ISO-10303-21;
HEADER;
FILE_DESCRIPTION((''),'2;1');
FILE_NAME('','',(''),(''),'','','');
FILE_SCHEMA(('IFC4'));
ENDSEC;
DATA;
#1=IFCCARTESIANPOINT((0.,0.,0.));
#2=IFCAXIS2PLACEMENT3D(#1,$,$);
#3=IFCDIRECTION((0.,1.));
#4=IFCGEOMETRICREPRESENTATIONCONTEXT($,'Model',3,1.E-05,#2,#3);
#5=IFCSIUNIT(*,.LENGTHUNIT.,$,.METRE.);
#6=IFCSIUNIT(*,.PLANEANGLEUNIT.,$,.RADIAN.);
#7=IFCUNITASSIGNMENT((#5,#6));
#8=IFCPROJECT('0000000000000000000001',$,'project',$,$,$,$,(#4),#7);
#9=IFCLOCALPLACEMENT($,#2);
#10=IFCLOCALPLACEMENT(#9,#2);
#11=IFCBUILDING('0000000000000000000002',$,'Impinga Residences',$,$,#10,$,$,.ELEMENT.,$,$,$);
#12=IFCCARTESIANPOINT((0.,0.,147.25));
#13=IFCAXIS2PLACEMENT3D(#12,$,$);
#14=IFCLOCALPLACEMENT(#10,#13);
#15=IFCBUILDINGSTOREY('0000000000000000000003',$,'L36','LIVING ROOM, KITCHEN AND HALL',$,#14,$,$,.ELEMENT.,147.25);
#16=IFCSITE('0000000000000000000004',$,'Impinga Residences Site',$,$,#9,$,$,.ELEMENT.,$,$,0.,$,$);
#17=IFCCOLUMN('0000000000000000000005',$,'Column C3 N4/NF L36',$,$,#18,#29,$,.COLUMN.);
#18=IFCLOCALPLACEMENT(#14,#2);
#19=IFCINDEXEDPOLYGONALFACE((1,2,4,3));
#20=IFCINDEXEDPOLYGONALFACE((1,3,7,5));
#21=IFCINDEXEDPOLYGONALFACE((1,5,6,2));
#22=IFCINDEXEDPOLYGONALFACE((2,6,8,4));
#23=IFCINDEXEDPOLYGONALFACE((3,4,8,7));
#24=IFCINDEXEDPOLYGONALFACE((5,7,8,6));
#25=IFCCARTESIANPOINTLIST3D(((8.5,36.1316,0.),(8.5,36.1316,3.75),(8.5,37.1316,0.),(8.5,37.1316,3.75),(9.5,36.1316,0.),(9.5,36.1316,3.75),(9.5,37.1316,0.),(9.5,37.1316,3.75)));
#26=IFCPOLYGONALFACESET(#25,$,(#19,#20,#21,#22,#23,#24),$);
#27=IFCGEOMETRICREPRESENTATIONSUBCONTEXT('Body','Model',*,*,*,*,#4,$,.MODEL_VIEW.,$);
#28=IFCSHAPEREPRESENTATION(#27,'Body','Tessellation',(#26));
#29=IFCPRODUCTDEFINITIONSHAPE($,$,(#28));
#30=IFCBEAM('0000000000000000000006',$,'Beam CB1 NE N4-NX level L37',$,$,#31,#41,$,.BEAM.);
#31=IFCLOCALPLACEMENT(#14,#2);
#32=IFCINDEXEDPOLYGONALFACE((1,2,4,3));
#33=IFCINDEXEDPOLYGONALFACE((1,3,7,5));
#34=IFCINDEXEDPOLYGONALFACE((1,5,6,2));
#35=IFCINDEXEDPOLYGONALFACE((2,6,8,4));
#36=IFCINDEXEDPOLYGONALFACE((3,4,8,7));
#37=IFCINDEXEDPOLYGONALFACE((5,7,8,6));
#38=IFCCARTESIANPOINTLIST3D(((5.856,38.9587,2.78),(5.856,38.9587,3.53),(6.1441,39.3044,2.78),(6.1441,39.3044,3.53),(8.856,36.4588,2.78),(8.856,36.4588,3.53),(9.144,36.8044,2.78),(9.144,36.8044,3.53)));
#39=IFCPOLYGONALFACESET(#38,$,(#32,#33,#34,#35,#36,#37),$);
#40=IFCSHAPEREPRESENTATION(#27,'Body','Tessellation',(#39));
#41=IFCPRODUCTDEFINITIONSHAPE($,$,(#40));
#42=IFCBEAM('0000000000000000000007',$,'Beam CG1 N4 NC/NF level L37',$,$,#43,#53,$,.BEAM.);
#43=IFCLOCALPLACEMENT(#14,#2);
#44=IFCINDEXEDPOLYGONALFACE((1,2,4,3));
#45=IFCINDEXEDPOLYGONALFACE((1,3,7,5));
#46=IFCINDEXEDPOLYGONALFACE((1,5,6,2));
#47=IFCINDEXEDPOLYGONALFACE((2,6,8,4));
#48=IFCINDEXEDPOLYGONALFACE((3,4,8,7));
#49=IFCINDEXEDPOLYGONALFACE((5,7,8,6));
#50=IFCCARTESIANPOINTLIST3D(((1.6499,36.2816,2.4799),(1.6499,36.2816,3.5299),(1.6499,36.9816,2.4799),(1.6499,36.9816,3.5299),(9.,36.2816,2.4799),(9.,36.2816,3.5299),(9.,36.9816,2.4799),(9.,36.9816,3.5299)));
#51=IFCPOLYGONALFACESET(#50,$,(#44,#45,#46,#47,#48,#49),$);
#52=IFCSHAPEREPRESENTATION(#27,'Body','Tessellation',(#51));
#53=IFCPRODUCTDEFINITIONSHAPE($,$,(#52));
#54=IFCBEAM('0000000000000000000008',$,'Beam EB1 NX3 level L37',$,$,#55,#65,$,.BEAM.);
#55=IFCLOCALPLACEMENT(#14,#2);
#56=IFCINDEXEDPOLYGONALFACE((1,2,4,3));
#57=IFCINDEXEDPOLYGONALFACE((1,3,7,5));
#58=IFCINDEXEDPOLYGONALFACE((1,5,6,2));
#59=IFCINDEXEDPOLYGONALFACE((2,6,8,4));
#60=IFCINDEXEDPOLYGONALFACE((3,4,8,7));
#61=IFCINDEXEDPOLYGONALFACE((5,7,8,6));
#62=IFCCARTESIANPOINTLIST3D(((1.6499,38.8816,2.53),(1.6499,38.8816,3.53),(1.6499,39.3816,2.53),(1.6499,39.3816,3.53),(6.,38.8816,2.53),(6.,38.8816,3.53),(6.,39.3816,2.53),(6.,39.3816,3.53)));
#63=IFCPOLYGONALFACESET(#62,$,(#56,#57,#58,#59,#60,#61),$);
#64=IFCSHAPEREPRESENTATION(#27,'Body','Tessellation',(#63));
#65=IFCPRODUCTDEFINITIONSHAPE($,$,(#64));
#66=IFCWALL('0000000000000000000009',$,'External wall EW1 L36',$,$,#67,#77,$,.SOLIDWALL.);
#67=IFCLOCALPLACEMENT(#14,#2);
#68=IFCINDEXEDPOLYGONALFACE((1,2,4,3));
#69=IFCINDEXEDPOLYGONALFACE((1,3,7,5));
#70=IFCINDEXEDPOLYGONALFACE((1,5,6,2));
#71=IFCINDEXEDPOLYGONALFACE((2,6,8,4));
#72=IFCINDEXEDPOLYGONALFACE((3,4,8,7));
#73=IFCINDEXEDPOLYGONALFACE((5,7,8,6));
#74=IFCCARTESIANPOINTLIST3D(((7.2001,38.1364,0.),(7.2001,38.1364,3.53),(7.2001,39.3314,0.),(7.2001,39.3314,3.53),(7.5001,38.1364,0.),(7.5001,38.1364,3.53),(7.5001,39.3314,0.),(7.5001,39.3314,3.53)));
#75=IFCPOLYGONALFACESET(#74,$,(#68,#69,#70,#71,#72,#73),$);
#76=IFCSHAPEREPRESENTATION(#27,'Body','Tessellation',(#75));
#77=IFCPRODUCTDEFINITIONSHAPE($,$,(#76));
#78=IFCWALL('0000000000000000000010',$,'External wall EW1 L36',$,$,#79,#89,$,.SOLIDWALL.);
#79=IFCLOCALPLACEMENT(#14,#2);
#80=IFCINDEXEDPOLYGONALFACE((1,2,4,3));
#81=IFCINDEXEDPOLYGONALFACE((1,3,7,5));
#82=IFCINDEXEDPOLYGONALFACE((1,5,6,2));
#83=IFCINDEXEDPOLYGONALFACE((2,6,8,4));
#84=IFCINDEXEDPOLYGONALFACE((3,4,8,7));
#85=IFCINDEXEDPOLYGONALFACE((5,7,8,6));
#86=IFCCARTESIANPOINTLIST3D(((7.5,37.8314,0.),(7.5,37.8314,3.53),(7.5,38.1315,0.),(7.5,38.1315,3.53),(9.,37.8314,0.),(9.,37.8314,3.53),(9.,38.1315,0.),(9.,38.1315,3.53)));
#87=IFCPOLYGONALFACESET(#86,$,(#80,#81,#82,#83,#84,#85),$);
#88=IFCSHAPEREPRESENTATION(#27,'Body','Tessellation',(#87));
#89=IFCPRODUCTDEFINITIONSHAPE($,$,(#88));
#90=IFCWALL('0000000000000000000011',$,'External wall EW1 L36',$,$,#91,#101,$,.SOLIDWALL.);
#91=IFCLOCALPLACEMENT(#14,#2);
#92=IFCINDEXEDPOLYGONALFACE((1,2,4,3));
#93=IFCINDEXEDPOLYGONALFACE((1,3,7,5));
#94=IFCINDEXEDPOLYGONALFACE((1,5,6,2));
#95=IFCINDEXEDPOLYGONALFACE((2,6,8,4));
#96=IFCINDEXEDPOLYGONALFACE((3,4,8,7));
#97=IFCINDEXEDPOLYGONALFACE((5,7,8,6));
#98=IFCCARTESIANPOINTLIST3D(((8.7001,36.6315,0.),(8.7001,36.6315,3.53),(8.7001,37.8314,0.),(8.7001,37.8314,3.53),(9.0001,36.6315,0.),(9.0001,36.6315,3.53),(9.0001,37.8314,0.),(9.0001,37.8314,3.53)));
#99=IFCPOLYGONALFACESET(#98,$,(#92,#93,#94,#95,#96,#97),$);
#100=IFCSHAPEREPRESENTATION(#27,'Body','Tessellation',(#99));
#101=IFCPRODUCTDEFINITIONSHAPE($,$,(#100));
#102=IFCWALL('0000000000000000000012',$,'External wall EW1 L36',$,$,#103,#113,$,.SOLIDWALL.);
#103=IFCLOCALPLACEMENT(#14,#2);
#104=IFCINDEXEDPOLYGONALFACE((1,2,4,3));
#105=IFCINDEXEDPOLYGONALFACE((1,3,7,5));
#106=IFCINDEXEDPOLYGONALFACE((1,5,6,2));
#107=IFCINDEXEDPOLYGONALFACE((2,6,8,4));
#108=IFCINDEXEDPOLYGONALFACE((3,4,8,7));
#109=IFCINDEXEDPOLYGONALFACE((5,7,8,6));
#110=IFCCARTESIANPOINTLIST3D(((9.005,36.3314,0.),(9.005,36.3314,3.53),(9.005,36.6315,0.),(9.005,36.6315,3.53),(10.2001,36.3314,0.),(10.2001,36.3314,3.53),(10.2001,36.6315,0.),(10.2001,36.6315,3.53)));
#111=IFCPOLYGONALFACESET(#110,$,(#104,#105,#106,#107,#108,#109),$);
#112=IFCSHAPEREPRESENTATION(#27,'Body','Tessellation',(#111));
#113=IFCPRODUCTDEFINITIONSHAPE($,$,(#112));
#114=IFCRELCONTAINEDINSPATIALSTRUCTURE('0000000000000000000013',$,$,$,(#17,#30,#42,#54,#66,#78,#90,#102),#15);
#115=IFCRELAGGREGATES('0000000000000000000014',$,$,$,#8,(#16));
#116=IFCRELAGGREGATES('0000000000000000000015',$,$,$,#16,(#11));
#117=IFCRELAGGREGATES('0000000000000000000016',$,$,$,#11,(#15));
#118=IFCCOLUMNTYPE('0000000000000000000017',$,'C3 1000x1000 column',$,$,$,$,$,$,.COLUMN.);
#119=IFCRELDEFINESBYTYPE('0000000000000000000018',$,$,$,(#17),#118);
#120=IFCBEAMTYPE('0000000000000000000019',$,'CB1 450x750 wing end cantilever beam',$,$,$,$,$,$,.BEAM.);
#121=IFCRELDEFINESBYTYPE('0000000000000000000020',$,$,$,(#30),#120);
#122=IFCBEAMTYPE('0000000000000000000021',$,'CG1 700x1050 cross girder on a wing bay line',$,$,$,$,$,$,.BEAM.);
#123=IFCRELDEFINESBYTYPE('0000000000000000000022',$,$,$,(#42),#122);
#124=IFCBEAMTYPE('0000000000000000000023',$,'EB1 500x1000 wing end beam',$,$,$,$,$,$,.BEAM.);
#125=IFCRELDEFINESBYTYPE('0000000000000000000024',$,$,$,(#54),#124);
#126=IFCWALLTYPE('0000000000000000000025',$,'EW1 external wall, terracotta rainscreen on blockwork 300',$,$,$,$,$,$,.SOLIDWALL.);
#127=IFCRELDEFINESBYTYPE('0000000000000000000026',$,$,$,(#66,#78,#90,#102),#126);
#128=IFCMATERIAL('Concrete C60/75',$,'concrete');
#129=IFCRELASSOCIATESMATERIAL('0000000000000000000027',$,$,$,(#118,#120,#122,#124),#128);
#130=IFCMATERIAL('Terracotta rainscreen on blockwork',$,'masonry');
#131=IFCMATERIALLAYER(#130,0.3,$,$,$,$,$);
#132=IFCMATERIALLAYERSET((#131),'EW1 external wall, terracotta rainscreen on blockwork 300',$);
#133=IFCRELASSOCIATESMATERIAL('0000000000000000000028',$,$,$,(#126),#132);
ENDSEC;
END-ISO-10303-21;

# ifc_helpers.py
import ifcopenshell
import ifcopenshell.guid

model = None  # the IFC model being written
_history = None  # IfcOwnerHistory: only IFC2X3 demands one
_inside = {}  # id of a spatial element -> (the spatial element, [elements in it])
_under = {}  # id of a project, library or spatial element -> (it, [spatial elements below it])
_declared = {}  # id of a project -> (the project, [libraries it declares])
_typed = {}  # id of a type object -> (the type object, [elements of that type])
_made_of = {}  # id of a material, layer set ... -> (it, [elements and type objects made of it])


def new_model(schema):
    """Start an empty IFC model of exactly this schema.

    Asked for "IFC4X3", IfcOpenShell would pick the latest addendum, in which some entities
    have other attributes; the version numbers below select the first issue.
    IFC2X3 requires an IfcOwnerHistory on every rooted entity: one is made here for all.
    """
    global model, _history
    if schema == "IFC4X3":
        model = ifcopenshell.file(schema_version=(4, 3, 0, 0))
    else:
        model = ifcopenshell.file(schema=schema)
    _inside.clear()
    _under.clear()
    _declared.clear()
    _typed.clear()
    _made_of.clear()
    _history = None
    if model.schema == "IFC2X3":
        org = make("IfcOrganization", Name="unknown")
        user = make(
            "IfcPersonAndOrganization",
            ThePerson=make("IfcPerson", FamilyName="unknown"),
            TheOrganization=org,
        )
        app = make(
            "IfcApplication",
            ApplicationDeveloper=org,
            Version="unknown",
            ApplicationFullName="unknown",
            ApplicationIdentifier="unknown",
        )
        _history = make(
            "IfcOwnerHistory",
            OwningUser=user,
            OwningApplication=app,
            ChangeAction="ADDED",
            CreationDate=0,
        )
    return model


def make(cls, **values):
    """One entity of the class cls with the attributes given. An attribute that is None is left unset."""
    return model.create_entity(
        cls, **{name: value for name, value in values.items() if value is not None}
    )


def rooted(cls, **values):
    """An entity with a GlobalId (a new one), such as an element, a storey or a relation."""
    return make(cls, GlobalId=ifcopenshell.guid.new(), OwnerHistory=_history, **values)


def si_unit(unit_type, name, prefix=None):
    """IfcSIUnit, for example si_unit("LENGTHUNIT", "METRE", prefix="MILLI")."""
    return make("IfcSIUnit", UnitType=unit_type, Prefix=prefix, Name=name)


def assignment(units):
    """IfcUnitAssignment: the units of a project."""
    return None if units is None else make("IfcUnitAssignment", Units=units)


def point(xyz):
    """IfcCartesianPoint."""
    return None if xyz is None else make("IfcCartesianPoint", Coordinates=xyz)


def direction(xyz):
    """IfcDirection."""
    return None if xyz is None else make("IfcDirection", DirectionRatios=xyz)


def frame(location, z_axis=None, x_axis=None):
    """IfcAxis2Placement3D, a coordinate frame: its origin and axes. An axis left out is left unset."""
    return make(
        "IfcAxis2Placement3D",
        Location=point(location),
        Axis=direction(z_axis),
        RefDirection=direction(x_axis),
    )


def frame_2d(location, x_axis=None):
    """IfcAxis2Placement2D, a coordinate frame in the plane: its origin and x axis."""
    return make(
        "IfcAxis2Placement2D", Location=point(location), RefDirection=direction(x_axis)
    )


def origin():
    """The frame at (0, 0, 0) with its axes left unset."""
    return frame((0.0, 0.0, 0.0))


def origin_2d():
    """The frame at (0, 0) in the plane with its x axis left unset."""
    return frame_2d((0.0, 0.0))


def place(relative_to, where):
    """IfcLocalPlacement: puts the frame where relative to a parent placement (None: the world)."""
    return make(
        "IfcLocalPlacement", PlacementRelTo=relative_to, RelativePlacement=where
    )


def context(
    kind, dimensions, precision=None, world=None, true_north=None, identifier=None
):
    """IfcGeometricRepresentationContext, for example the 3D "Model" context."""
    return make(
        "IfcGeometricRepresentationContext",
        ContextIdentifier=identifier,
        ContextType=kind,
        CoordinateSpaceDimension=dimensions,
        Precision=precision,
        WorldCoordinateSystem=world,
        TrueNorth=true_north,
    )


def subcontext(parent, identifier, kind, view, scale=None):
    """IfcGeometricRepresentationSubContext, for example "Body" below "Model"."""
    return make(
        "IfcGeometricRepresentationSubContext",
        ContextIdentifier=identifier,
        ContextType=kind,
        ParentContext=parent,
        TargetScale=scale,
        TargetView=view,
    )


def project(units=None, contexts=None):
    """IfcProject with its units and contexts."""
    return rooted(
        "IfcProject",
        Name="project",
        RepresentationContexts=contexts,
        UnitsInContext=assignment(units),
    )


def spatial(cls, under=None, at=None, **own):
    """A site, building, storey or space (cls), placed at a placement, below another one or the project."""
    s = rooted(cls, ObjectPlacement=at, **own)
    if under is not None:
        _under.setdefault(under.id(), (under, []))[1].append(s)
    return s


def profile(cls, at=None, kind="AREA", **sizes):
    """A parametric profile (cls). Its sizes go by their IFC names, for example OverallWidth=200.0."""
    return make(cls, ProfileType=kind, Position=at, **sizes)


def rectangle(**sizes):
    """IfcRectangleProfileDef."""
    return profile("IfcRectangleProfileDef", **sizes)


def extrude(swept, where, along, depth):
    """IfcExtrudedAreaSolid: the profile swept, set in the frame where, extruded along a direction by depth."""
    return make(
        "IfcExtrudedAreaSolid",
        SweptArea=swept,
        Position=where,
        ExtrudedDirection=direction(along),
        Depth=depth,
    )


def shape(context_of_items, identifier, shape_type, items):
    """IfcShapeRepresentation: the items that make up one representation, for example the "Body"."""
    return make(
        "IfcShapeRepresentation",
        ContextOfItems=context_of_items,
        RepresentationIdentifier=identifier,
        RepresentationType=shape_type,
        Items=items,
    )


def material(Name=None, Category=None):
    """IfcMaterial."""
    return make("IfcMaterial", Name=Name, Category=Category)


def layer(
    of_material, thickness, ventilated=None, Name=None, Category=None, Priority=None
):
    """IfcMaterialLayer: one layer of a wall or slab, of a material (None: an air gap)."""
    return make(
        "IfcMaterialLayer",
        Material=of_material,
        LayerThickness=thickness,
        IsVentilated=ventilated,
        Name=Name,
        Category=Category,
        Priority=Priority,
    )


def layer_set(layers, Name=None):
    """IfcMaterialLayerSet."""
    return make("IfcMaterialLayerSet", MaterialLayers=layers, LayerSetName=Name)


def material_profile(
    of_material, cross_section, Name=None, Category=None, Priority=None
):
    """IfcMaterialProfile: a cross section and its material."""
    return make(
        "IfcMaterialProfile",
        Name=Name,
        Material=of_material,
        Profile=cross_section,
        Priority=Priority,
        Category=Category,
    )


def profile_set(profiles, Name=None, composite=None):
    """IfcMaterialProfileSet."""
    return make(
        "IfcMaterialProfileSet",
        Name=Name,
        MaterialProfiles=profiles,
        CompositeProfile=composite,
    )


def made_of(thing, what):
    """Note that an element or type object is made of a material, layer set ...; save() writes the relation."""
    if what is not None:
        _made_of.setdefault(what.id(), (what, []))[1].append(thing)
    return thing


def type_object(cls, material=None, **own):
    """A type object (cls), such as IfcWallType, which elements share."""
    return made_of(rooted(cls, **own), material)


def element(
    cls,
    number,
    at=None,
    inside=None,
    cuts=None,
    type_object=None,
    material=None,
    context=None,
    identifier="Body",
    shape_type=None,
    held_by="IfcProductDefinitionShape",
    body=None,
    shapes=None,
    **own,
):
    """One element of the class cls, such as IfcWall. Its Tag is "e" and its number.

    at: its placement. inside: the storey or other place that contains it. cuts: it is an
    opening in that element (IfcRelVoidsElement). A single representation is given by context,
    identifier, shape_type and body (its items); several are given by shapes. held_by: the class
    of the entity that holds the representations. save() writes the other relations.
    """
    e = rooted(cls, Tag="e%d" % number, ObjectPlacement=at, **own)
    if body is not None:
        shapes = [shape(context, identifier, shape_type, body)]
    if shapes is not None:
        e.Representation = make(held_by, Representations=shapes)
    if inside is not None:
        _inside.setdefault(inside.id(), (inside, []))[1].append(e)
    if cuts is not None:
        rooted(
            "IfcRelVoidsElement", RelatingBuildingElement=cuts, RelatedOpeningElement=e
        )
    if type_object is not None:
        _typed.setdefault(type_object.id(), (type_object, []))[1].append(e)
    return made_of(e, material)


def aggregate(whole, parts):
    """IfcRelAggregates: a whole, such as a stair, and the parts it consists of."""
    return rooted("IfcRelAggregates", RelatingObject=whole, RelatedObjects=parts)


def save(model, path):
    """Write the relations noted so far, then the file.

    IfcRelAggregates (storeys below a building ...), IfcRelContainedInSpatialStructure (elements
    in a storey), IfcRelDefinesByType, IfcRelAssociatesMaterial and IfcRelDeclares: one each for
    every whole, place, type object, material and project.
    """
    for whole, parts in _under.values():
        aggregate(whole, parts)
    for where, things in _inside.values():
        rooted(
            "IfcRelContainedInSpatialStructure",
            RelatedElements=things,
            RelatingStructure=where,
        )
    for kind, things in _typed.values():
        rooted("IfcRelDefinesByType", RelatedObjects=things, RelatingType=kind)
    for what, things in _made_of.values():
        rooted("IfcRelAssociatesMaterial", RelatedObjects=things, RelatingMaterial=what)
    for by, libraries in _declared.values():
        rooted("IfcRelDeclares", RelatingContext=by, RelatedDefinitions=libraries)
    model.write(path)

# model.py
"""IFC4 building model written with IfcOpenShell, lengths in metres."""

from ifc_helpers import new_model, si_unit, direction, frame, frame_2d, origin, origin_2d, place, context, subcontext, project, spatial, rectangle, extrude, material, layer, layer_set, material_profile, profile_set, type_object, element, save


model = new_model("IFC4")

# Units and contexts
model_context = context("Model", 3, precision=1e-05, world=origin(), true_north=direction((0.0, 1.0)))
body_context = subcontext(model_context, "Body", "Model", "MODEL_VIEW")
ifc_project = project(units=[si_unit("LENGTHUNIT", "METRE"), si_unit("PLANEANGLEUNIT", "RADIAN")], contexts=[model_context])

# Site, building, storey
site_placement = place(None, origin())
site = spatial("IfcSite", under=ifc_project, at=site_placement, Name="Impinga Residences Site", CompositionType="ELEMENT", RefElevation=0.0)
building_placement = place(site_placement, origin())
building = spatial("IfcBuilding", under=site, at=building_placement, Name="Impinga Residences", CompositionType="ELEMENT")
storey_placement = place(building_placement, frame((0.0, 0.0, 147.25)))
storey = spatial("IfcBuildingStorey", under=building, at=storey_placement, Name="L36", Description="LIVING ROOM, KITCHEN AND HALL", CompositionType="ELEMENT", Elevation=147.25)

# Column
ifc_material_1 = material(Name="Concrete C60/75", Category="concrete")
ifc_material_profile_1 = material_profile(ifc_material_1, rectangle(XDim=1.0, YDim=1.0, at=origin_2d()), Name="RC 1000x1000")
ifc_profile_set_1 = profile_set([ifc_material_profile_1], Name="Concrete C60/75")
column_type = type_object("IfcColumnType", Name="C3 1000x1000 column", PredefinedType="COLUMN", material=ifc_profile_set_1)
column_placement = place(storey_placement, frame((9.0, 36.6316, 0.0), z_axis=(0.0, 0.0, 1.0), x_axis=(1.0, 0.0, 0.0)))
element("IfcColumn", 1, at=column_placement, inside=storey, type_object=column_type, Name="Column C3 N4/NF L36", PredefinedType="COLUMN", context=body_context, shape_type="SweptSolid", body=[
    extrude(rectangle(XDim=1.0, YDim=1.0, at=origin_2d()), origin(), (0.0, 0.0, 1.0), 3.75),
])

# Beams
ifc_material_profile_2 = material_profile(ifc_material_1, rectangle(XDim=0.45, YDim=0.75, at=origin_2d()), Name="RC 450x750")
ifc_profile_set_2 = profile_set([ifc_material_profile_2], Name="Concrete C60/75")
beam_type_1 = type_object("IfcBeamType", Name="CB1 450x750 wing end cantilever beam", PredefinedType="BEAM", material=ifc_profile_set_2)
beam_1_placement = place(storey_placement, frame((9.0, 36.6316, 3.155), z_axis=(-0.768221, 0.640184, 0.0), x_axis=(-0.640184, -0.768221, 0.0)))
element("IfcBeam", 2, at=beam_1_placement, inside=storey, type_object=beam_type_1, Name="Beam CB1 NE N4-NX level L37", PredefinedType="BEAM", context=body_context, shape_type="SweptSolid", body=[
    extrude(rectangle(XDim=0.45, YDim=0.75, at=origin_2d()), origin(), (0.0, 0.0, 1.0), 3.905),
])
ifc_material_profile_3 = material_profile(ifc_material_1, rectangle(XDim=0.7, YDim=1.05, at=origin_2d()), Name="RC 700x1050")
ifc_profile_set_3 = profile_set([ifc_material_profile_3], Name="Concrete C60/75")
beam_type_2 = type_object("IfcBeamType", Name="CG1 700x1050 cross girder on a wing bay line", PredefinedType="BEAM", material=ifc_profile_set_3)
beam_2_placement = place(storey_placement, frame((1.6499, 36.6316, 3.0049), z_axis=(1.0, 0.0, 0.0), x_axis=(0.0, 1.0, 0.0)))
element("IfcBeam", 3, at=beam_2_placement, inside=storey, type_object=beam_type_2, Name="Beam CG1 N4 NC/NF level L37", PredefinedType="BEAM", context=body_context, shape_type="SweptSolid", body=[
    extrude(rectangle(XDim=0.7, YDim=1.05, at=origin_2d()), origin(), (0.0, 0.0, 1.0), 7.3501),
])
ifc_material_profile_4 = material_profile(ifc_material_1, rectangle(XDim=0.5, YDim=1.0, at=origin_2d()), Name="RC 500x1000")
ifc_profile_set_4 = profile_set([ifc_material_profile_4], Name="Concrete C60/75")
beam_type_3 = type_object("IfcBeamType", Name="EB1 500x1000 wing end beam", PredefinedType="BEAM", material=ifc_profile_set_4)
beam_3_placement = place(storey_placement, frame((1.6499, 39.1316, 3.03), z_axis=(1.0, 0.0, 0.0), x_axis=(0.0, 1.0, 0.0)))
element("IfcBeam", 4, at=beam_3_placement, inside=storey, type_object=beam_type_3, Name="Beam EB1 NX3 level L37", PredefinedType="BEAM", context=body_context, shape_type="SweptSolid", body=[
    extrude(rectangle(XDim=0.5, YDim=1.0, at=origin_2d()), origin(), (0.0, 0.0, 1.0), 4.3501),
])

# Walls
ifc_material_2 = material(Name="Terracotta rainscreen on blockwork", Category="masonry")
ifc_layer_1 = layer(ifc_material_2, 0.3)
ifc_layer_set_1 = layer_set([ifc_layer_1], Name="EW1 external wall, terracotta rainscreen on blockwork 300")
wall_type_1 = type_object("IfcWallType", Name="EW1 external wall, terracotta rainscreen on blockwork 300", PredefinedType="SOLIDWALL", material=ifc_layer_set_1)
wall_1_placement = place(storey_placement, frame((7.3501, 39.3315, 0.0), z_axis=(0.0, 0.0, 1.0), x_axis=(0.0, -1.0, 0.0)))
element("IfcWall", 5, at=wall_1_placement, inside=storey, type_object=wall_type_1, Name="External wall EW1 L36", PredefinedType="SOLIDWALL", context=body_context, shape_type="SweptSolid", body=[
    extrude(rectangle(XDim=1.1951, YDim=0.3, at=frame_2d((0.5977, 0.0))), origin(), (0.0, 0.0, 1.0), 3.53),
])
wall_2_placement = place(storey_placement, frame((7.5, 37.9814, 0.0), z_axis=(0.0, 0.0, 1.0), x_axis=(1.0, 0.0, 0.0)))
element("IfcWall", 6, at=wall_2_placement, inside=storey, type_object=wall_type_1, Name="External wall EW1 L36", PredefinedType="SOLIDWALL", context=body_context, shape_type="SweptSolid", body=[
    extrude(rectangle(XDim=1.5, YDim=0.3, at=frame_2d((0.75, 0.0))), origin(), (0.0, 0.0, 1.0), 3.53),
])
wall_3_placement = place(storey_placement, frame((8.8501, 37.8315, 0.0), z_axis=(0.0, 0.0, 1.0), x_axis=(0.0, -1.0, 0.0)))
element("IfcWall", 7, at=wall_3_placement, inside=storey, type_object=wall_type_1, Name="External wall EW1 L36", PredefinedType="SOLIDWALL", context=body_context, shape_type="SweptSolid", body=[
    extrude(rectangle(XDim=1.2, YDim=0.3, at=frame_2d((0.6001, 0.0))), origin(), (0.0, 0.0, 1.0), 3.53),
])
wall_4_placement = place(storey_placement, frame((9.0049, 36.4814, 0.0), z_axis=(0.0, 0.0, 1.0), x_axis=(1.0, 0.0, 0.0)))
element("IfcWall", 8, at=wall_4_placement, inside=storey, type_object=wall_type_1, Name="External wall EW1 L36", PredefinedType="SOLIDWALL", context=body_context, shape_type="SweptSolid", body=[
    extrude(rectangle(XDim=1.1951, YDim=0.3, at=frame_2d((0.5977, 0.0))), origin(), (0.0, 0.0, 1.0), 3.53),
])

save(model, "model.ifc")
